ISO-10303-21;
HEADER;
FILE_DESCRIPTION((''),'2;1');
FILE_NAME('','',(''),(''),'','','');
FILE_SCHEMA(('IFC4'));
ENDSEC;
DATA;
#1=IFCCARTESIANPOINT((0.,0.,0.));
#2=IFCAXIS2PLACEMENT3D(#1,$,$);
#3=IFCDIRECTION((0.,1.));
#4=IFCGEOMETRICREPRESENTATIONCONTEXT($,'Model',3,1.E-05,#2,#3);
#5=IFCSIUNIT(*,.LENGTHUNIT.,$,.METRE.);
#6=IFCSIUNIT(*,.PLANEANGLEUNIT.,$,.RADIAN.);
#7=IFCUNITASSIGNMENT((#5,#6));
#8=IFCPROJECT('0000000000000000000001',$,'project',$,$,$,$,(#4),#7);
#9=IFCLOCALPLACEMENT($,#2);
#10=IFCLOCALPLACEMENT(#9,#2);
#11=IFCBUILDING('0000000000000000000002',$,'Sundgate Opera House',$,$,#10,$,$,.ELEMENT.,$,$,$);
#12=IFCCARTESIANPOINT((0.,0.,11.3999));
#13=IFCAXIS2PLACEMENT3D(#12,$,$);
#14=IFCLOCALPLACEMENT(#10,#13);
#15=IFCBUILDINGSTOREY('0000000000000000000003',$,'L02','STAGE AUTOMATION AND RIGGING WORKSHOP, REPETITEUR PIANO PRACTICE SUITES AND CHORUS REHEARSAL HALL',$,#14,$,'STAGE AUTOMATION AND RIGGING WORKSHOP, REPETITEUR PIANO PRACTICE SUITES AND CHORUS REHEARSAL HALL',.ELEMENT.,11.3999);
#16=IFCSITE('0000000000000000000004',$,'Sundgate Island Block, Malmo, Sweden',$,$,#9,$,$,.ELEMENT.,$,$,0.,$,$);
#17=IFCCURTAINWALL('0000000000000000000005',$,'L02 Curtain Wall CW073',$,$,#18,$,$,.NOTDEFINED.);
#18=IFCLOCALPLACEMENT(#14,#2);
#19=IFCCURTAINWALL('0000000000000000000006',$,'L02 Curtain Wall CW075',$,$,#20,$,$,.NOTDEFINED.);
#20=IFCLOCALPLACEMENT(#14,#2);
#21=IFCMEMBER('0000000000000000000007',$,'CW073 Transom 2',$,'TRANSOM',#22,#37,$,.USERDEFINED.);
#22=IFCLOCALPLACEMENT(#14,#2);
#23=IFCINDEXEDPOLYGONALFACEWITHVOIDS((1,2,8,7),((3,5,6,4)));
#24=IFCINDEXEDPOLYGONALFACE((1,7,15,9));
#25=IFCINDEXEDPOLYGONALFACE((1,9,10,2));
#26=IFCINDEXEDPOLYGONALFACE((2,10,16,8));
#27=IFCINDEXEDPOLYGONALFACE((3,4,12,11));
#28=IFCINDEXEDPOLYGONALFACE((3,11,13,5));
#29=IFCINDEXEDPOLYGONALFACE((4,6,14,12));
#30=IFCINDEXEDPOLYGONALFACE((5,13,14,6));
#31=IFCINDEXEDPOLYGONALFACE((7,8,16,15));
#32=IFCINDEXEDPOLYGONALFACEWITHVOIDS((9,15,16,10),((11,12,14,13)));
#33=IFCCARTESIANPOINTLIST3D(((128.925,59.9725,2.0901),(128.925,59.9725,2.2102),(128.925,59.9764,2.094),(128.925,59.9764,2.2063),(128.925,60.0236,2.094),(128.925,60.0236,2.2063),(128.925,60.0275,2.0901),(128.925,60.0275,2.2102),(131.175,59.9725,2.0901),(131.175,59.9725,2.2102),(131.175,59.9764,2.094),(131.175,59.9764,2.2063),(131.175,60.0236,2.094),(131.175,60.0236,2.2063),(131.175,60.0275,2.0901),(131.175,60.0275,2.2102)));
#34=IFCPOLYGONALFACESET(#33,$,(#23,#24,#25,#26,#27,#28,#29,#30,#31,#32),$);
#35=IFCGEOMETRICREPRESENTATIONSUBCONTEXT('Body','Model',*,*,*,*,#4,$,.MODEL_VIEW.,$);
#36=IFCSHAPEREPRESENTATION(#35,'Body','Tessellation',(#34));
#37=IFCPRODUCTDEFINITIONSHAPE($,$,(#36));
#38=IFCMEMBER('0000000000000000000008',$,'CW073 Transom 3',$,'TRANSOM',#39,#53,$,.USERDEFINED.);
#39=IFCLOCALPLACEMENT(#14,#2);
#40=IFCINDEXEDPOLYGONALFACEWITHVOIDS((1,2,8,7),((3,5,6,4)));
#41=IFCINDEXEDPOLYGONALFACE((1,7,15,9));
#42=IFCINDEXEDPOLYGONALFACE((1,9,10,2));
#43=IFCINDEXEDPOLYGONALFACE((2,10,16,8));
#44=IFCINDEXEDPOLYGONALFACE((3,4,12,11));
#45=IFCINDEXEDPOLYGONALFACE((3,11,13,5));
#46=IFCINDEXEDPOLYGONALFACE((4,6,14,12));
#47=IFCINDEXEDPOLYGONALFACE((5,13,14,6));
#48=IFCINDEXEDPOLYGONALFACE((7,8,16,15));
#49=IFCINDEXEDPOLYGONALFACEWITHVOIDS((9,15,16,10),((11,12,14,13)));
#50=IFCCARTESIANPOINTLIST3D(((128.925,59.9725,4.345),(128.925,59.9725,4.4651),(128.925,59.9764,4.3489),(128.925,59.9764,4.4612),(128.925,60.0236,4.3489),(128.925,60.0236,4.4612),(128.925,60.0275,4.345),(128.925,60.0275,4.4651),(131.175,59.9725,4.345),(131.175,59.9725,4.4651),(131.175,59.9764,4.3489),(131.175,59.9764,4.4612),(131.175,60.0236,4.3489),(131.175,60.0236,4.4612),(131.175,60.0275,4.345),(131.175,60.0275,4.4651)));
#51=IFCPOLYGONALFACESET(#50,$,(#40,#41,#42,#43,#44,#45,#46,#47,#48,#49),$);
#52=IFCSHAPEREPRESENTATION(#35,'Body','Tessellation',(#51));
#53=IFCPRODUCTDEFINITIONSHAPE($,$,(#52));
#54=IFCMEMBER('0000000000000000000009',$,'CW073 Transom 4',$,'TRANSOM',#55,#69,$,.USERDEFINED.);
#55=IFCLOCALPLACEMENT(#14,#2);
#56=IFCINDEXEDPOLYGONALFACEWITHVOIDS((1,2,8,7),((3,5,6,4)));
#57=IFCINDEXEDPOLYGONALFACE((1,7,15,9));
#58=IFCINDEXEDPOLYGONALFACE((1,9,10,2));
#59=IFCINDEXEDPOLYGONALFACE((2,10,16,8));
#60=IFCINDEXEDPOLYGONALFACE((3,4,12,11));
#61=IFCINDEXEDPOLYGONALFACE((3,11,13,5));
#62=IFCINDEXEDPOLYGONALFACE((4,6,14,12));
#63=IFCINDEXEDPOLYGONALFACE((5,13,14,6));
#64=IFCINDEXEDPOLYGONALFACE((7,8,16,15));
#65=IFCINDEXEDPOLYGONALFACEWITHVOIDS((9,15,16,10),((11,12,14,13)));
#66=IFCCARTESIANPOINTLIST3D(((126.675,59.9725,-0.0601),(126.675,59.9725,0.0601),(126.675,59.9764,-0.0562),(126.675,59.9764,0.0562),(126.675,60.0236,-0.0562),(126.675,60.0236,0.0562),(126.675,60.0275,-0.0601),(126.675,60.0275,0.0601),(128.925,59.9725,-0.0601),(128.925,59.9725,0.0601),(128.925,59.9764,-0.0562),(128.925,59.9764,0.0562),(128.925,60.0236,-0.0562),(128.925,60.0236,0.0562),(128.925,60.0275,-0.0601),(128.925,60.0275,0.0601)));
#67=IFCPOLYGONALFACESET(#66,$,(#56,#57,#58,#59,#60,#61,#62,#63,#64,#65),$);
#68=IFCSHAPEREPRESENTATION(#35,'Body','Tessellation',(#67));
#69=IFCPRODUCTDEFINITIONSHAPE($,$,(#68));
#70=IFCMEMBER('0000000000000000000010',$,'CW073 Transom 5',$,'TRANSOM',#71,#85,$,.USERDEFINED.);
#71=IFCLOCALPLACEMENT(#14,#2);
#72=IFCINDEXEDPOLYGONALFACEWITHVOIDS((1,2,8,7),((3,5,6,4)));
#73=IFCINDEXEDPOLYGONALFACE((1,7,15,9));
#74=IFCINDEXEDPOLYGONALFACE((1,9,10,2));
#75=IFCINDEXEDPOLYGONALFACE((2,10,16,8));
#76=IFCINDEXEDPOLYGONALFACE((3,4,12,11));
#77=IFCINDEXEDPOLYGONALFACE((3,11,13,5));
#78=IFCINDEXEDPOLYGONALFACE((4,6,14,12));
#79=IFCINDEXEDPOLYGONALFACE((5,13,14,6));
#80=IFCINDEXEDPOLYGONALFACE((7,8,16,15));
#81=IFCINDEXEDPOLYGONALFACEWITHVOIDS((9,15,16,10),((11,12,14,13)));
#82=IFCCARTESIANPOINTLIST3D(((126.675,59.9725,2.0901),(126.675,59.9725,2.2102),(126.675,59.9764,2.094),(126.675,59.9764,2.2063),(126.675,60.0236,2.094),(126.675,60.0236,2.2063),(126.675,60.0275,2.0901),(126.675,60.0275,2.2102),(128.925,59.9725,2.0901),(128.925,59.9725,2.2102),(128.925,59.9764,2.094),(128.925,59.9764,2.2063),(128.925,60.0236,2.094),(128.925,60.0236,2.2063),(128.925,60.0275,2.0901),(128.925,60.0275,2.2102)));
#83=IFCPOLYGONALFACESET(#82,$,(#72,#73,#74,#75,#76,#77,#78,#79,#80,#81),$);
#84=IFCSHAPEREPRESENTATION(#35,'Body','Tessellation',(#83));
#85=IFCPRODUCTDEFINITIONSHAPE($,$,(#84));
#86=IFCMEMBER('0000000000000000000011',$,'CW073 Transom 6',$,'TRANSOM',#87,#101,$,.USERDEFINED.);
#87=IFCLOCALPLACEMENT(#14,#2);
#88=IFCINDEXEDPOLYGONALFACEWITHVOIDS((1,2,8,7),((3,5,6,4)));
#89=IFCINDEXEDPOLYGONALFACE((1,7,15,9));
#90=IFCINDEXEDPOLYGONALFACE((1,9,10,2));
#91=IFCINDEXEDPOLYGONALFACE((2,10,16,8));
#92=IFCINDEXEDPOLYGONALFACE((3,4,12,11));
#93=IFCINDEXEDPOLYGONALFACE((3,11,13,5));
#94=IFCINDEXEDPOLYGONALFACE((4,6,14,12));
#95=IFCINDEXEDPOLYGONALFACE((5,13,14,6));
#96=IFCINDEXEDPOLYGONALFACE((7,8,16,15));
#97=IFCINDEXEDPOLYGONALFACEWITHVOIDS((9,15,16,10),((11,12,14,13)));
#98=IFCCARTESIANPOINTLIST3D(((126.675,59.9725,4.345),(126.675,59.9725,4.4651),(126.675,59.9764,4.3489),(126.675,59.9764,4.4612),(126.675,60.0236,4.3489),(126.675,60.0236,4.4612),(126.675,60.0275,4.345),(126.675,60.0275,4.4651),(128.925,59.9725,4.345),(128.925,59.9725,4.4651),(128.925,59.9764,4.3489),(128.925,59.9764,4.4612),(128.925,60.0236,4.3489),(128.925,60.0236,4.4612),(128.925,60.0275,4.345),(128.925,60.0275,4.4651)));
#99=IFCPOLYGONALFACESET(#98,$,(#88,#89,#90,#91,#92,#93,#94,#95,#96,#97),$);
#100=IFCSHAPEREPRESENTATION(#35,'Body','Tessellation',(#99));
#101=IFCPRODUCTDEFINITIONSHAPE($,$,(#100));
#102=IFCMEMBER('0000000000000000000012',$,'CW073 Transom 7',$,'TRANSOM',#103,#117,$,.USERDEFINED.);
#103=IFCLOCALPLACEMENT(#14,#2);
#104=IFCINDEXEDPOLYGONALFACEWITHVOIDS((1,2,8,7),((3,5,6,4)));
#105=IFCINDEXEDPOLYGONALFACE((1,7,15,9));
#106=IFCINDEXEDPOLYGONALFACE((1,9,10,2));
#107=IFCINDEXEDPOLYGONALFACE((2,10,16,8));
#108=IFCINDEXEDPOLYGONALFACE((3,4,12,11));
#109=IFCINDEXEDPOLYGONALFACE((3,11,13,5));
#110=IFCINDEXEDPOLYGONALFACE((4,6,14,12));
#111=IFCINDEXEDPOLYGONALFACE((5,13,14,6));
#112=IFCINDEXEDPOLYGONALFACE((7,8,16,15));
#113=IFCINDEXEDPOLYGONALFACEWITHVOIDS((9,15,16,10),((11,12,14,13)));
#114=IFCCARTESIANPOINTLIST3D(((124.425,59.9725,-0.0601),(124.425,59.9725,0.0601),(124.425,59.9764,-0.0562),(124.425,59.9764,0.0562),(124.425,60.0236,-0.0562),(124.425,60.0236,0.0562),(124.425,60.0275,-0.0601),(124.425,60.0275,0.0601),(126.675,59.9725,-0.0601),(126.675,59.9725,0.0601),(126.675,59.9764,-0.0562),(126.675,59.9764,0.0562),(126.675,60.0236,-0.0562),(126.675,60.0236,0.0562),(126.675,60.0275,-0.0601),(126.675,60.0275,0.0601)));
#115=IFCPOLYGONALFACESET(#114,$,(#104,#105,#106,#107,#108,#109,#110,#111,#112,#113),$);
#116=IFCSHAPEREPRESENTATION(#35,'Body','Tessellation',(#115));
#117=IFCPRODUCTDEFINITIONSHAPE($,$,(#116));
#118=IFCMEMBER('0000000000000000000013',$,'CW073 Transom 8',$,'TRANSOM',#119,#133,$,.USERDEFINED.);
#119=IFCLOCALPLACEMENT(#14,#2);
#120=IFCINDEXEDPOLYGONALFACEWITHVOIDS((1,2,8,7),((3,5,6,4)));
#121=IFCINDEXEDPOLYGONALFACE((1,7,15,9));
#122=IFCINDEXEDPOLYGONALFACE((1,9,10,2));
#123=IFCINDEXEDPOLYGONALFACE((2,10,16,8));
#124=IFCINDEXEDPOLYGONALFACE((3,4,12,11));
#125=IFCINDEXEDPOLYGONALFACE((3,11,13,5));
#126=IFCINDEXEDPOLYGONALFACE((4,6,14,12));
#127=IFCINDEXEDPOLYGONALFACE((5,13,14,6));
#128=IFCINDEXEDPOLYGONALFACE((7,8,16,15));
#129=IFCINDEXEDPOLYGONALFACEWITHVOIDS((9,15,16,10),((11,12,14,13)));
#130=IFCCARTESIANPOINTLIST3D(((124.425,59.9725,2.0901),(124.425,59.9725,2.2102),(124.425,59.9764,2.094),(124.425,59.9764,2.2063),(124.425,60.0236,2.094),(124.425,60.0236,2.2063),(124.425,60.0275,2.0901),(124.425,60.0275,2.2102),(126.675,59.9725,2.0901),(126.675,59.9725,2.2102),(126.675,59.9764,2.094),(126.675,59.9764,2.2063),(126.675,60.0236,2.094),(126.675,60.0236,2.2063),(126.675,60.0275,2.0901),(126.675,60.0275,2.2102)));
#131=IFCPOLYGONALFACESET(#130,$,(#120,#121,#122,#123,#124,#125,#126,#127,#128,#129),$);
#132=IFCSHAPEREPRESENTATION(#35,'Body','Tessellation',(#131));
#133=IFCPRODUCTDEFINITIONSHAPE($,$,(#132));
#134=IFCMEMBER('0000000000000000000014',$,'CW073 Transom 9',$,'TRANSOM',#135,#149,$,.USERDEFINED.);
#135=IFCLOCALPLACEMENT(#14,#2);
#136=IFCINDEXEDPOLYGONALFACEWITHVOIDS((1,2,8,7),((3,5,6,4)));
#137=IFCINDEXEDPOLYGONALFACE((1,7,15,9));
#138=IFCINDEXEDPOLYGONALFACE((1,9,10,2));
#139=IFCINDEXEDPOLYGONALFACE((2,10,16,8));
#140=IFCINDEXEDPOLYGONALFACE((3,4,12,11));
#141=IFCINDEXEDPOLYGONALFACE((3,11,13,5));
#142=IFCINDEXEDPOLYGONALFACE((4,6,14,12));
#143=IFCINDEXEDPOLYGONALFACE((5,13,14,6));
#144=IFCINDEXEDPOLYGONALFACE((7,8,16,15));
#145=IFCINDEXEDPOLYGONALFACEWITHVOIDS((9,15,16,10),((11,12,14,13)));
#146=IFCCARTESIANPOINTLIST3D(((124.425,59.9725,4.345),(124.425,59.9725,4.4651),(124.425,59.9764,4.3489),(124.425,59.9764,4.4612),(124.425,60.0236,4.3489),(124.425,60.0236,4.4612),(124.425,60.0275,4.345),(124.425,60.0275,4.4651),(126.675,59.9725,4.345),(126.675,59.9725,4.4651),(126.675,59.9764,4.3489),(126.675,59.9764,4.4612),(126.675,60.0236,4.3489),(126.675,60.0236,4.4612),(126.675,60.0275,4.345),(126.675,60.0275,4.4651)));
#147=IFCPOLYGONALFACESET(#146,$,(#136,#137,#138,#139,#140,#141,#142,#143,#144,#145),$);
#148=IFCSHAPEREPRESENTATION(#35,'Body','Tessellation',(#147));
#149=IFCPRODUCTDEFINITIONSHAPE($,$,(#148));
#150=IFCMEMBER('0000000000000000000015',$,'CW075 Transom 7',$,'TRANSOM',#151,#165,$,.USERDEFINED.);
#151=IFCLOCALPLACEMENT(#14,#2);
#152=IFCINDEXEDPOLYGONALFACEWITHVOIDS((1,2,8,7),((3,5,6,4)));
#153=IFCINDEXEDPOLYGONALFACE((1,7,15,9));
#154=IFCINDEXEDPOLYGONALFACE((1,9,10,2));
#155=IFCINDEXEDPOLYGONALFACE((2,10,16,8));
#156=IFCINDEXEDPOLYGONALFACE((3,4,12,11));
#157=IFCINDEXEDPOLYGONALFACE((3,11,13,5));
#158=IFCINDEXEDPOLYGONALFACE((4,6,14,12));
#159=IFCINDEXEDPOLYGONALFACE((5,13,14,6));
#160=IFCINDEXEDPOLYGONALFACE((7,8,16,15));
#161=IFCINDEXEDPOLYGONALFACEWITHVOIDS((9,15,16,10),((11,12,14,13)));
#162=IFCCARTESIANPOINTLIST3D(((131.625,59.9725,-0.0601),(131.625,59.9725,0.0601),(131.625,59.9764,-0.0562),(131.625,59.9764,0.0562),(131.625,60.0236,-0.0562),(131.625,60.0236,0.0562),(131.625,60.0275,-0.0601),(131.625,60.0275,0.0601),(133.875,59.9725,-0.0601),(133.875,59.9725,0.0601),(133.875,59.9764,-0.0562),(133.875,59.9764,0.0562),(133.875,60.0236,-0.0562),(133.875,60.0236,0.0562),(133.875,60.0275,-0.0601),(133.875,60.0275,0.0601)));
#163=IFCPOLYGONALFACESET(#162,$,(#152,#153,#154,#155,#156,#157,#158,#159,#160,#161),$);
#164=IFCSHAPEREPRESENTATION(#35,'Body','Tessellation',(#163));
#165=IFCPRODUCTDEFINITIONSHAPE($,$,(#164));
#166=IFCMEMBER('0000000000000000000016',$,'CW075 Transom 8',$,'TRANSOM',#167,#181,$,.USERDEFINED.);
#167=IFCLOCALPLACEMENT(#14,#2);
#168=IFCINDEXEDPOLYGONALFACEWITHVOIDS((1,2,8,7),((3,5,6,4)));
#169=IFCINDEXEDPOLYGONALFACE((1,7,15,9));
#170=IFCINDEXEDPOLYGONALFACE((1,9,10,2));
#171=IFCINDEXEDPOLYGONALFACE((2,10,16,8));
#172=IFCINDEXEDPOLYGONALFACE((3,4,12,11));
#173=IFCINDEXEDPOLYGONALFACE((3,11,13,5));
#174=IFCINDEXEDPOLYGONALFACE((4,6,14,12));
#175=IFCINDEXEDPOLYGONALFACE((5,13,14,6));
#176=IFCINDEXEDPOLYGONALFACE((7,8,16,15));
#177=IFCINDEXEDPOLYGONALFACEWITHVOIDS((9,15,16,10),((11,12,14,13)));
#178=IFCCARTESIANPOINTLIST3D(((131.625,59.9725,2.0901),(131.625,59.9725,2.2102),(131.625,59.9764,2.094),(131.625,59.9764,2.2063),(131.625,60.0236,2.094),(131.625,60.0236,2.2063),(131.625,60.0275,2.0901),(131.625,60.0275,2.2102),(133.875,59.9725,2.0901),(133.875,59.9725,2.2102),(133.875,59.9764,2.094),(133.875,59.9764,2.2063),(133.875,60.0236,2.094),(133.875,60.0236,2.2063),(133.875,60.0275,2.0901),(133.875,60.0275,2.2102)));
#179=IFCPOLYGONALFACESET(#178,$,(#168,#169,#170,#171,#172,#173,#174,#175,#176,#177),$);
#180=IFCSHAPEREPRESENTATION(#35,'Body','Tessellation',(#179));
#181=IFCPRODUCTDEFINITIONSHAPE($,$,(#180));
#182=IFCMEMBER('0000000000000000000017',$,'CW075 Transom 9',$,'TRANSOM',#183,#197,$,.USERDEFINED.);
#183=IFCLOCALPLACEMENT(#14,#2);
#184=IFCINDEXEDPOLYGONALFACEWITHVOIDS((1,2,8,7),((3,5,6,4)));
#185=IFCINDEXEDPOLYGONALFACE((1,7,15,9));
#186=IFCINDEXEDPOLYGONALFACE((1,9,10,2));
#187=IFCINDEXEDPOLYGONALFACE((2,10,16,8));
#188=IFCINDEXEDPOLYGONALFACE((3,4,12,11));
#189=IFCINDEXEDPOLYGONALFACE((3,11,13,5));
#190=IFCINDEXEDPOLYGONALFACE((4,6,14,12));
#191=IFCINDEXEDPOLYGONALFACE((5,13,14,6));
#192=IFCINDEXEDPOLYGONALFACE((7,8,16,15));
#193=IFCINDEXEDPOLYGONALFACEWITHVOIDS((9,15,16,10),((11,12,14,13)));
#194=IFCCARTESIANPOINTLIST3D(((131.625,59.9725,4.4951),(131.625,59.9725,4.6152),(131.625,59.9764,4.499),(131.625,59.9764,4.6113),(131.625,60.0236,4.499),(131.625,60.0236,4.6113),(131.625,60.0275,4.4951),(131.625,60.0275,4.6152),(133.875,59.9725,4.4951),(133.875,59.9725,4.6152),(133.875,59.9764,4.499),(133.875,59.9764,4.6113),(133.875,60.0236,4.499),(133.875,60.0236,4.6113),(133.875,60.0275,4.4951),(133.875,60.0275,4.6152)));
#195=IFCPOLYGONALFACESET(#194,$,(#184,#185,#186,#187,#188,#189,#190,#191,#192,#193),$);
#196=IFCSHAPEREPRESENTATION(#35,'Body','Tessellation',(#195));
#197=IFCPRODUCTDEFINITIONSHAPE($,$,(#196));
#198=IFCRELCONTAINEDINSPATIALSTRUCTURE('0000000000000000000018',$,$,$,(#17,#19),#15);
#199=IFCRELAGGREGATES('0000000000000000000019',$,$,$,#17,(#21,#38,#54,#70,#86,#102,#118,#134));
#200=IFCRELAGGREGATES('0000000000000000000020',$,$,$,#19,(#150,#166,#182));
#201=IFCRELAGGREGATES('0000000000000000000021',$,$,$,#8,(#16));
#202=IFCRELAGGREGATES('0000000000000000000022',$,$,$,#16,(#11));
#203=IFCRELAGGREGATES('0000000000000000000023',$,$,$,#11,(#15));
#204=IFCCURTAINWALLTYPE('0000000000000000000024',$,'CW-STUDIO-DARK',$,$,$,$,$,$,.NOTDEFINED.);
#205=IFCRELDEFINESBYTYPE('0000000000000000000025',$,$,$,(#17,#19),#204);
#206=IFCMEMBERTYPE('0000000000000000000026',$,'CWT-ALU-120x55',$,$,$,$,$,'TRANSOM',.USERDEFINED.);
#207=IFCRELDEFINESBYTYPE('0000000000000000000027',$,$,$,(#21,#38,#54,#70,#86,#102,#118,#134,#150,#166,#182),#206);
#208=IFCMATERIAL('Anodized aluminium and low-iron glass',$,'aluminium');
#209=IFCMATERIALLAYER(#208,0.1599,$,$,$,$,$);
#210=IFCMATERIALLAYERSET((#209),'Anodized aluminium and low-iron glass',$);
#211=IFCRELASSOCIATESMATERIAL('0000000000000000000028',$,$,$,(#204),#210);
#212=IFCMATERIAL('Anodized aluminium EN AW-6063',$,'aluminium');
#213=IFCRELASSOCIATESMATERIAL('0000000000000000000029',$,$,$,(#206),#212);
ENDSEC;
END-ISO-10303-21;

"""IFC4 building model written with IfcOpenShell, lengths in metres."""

from ifc_helpers import new_model, si_unit, direction, frame, origin, origin_2d, place, context, subcontext, project, spatial, hollow_rectangle, extrude, material, layer, layer_set, material_profile, profile_set, type_object, element, aggregate, save


model = new_model("IFC4")

# Units and contexts
model_context = context("Model", 3, precision=1e-05, world=origin(), true_north=direction((0.0, 1.0)))
body_context = subcontext(model_context, "Body", "Model", "MODEL_VIEW")
ifc_project = project(units=[si_unit("LENGTHUNIT", "METRE"), si_unit("PLANEANGLEUNIT", "RADIAN")], contexts=[model_context])

# Site, building, storey
site_placement = place(None, origin())
site = spatial("IfcSite", under=ifc_project, at=site_placement, Name="Sundgate Island Block, Malmo, Sweden", CompositionType="ELEMENT", RefElevation=0.0)
building_placement = place(site_placement, origin())
building = spatial("IfcBuilding", under=site, at=building_placement, Name="Sundgate Opera House", CompositionType="ELEMENT")
storey_placement = place(building_placement, frame((0.0, 0.0, 11.3999)))
storey = spatial("IfcBuildingStorey", under=building, at=storey_placement, Name="L02", Description="STAGE AUTOMATION AND RIGGING WORKSHOP, REPETITEUR PIANO PRACTICE SUITES AND CHORUS REHEARSAL HALL", LongName="STAGE AUTOMATION AND RIGGING WORKSHOP, REPETITEUR PIANO PRACTICE SUITES AND CHORUS REHEARSAL HALL", CompositionType="ELEMENT", Elevation=11.3999)

# Curtain walls
ifc_material_1 = material(Name="Anodized aluminium and low-iron glass", Category="aluminium")
ifc_layer_1 = layer(ifc_material_1, 0.1599)
ifc_layer_set_1 = layer_set([ifc_layer_1], Name="Anodized aluminium and low-iron glass")
curtain_wall_type = type_object("IfcCurtainWallType", Name="CW-STUDIO-DARK", PredefinedType="NOTDEFINED", material=ifc_layer_set_1)
curtain_wall_1_placement = place(storey_placement, origin())
curtain_wall_1 = element("IfcCurtainWall", 1, at=curtain_wall_1_placement, inside=storey, type_object=curtain_wall_type, Name="L02 Curtain Wall CW073", PredefinedType="NOTDEFINED")
curtain_wall_2_placement = place(storey_placement, origin())
curtain_wall_2 = element("IfcCurtainWall", 2, at=curtain_wall_2_placement, inside=storey, type_object=curtain_wall_type, Name="L02 Curtain Wall CW075", PredefinedType="NOTDEFINED")

# Members
ifc_material_2 = material(Name="Anodized aluminium EN AW-6063", Category="aluminium")
ifc_material_profile_1 = material_profile(ifc_material_2, hollow_rectangle(XDim=0.0549, YDim=0.1201, WallThickness=0.0039, at=origin_2d()), Name="CWT 120x55x4")
ifc_profile_set_1 = profile_set([ifc_material_profile_1], Name="Anodized aluminium EN AW-6063")
member_type_1 = type_object("IfcMemberType", Name="CWT-ALU-120x55", ElementType="TRANSOM", PredefinedType="USERDEFINED", material=ifc_profile_set_1)
member_1_placement = place(storey_placement, frame((131.175, 60.0, 2.1501), z_axis=(-1.0, 0.0, 0.0), x_axis=(0.0, -1.0, 0.0)))
member_1 = element("IfcMember", 3, at=member_1_placement, type_object=member_type_1, Name="CW073 Transom 2", ObjectType="TRANSOM", PredefinedType="USERDEFINED", context=body_context, shape_type="SweptSolid", body=[
    extrude(hollow_rectangle(XDim=0.0549, YDim=0.1201, WallThickness=0.0039, at=origin_2d()), origin(), (0.0, 0.0, 1.0), 2.25),
])
member_2_placement = place(storey_placement, frame((131.175, 60.0, 4.405), z_axis=(-1.0, 0.0, 0.0), x_axis=(0.0, -1.0, 0.0)))
member_2 = element("IfcMember", 4, at=member_2_placement, type_object=member_type_1, Name="CW073 Transom 3", ObjectType="TRANSOM", PredefinedType="USERDEFINED", context=body_context, shape_type="SweptSolid", body=[
    extrude(hollow_rectangle(XDim=0.0549, YDim=0.1201, WallThickness=0.0039, at=origin_2d()), origin(), (0.0, 0.0, 1.0), 2.25),
])
member_3_placement = place(storey_placement, frame((128.925, 60.0, 0.0), z_axis=(-1.0, 0.0, 0.0), x_axis=(0.0, -1.0, 0.0)))
member_3 = element("IfcMember", 5, at=member_3_placement, type_object=member_type_1, Name="CW073 Transom 4", ObjectType="TRANSOM", PredefinedType="USERDEFINED", context=body_context, shape_type="SweptSolid", body=[
    extrude(hollow_rectangle(XDim=0.0549, YDim=0.1201, WallThickness=0.0039, at=origin_2d()), origin(), (0.0, 0.0, 1.0), 2.25),
])
member_4_placement = place(storey_placement, frame((128.925, 60.0, 2.1501), z_axis=(-1.0, 0.0, 0.0), x_axis=(0.0, -1.0, 0.0)))
member_4 = element("IfcMember", 6, at=member_4_placement, type_object=member_type_1, Name="CW073 Transom 5", ObjectType="TRANSOM", PredefinedType="USERDEFINED", context=body_context, shape_type="SweptSolid", body=[
    extrude(hollow_rectangle(XDim=0.0549, YDim=0.1201, WallThickness=0.0039, at=origin_2d()), origin(), (0.0, 0.0, 1.0), 2.25),
])
member_5_placement = place(storey_placement, frame((128.925, 60.0, 4.405), z_axis=(-1.0, 0.0, 0.0), x_axis=(0.0, -1.0, 0.0)))
member_5 = element("IfcMember", 7, at=member_5_placement, type_object=member_type_1, Name="CW073 Transom 6", ObjectType="TRANSOM", PredefinedType="USERDEFINED", context=body_context, shape_type="SweptSolid", body=[
    extrude(hollow_rectangle(XDim=0.0549, YDim=0.1201, WallThickness=0.0039, at=origin_2d()), origin(), (0.0, 0.0, 1.0), 2.25),
])
member_6_placement = place(storey_placement, frame((126.675, 60.0, 0.0), z_axis=(-1.0, 0.0, 0.0), x_axis=(0.0, -1.0, 0.0)))
member_6 = element("IfcMember", 8, at=member_6_placement, type_object=member_type_1, Name="CW073 Transom 7", ObjectType="TRANSOM", PredefinedType="USERDEFINED", context=body_context, shape_type="SweptSolid", body=[
    extrude(hollow_rectangle(XDim=0.0549, YDim=0.1201, WallThickness=0.0039, at=origin_2d()), origin(), (0.0, 0.0, 1.0), 2.25),
])
member_7_placement = place(storey_placement, frame((126.675, 60.0, 2.1501), z_axis=(-1.0, 0.0, 0.0), x_axis=(0.0, -1.0, 0.0)))
member_7 = element("IfcMember", 9, at=member_7_placement, type_object=member_type_1, Name="CW073 Transom 8", ObjectType="TRANSOM", PredefinedType="USERDEFINED", context=body_context, shape_type="SweptSolid", body=[
    extrude(hollow_rectangle(XDim=0.0549, YDim=0.1201, WallThickness=0.0039, at=origin_2d()), origin(), (0.0, 0.0, 1.0), 2.25),
])
member_8_placement = place(storey_placement, frame((126.675, 60.0, 4.405), z_axis=(-1.0, 0.0, 0.0), x_axis=(0.0, -1.0, 0.0)))
member_8 = element("IfcMember", 10, at=member_8_placement, type_object=member_type_1, Name="CW073 Transom 9", ObjectType="TRANSOM", PredefinedType="USERDEFINED", context=body_context, shape_type="SweptSolid", body=[
    extrude(hollow_rectangle(XDim=0.0549, YDim=0.1201, WallThickness=0.0039, at=origin_2d()), origin(), (0.0, 0.0, 1.0), 2.25),
])
member_9_placement = place(storey_placement, frame((133.875, 60.0, 0.0), z_axis=(-1.0, 0.0, 0.0), x_axis=(0.0, -1.0, 0.0)))
member_9 = element("IfcMember", 11, at=member_9_placement, type_object=member_type_1, Name="CW075 Transom 7", ObjectType="TRANSOM", PredefinedType="USERDEFINED", context=body_context, shape_type="SweptSolid", body=[
    extrude(hollow_rectangle(XDim=0.0549, YDim=0.1201, WallThickness=0.0039, at=origin_2d()), origin(), (0.0, 0.0, 1.0), 2.25),
])
member_10_placement = place(storey_placement, frame((133.875, 60.0, 2.1501), z_axis=(-1.0, 0.0, 0.0), x_axis=(0.0, -1.0, 0.0)))
member_10 = element("IfcMember", 12, at=member_10_placement, type_object=member_type_1, Name="CW075 Transom 8", ObjectType="TRANSOM", PredefinedType="USERDEFINED", context=body_context, shape_type="SweptSolid", body=[
    extrude(hollow_rectangle(XDim=0.0549, YDim=0.1201, WallThickness=0.0039, at=origin_2d()), origin(), (0.0, 0.0, 1.0), 2.25),
])
member_11_placement = place(storey_placement, frame((133.875, 60.0, 4.5552), z_axis=(-1.0, 0.0, 0.0), x_axis=(0.0, -1.0, 0.0)))
member_11 = element("IfcMember", 13, at=member_11_placement, type_object=member_type_1, Name="CW075 Transom 9", ObjectType="TRANSOM", PredefinedType="USERDEFINED", context=body_context, shape_type="SweptSolid", body=[
    extrude(hollow_rectangle(XDim=0.0549, YDim=0.1201, WallThickness=0.0039, at=origin_2d()), origin(), (0.0, 0.0, 1.0), 2.25),
])

aggregate(curtain_wall_1, [member_1, member_2, member_3, member_4, member_5, member_6, member_7, member_8])
aggregate(curtain_wall_2, [member_9, member_10, member_11])

save(model, "model.ifc")
